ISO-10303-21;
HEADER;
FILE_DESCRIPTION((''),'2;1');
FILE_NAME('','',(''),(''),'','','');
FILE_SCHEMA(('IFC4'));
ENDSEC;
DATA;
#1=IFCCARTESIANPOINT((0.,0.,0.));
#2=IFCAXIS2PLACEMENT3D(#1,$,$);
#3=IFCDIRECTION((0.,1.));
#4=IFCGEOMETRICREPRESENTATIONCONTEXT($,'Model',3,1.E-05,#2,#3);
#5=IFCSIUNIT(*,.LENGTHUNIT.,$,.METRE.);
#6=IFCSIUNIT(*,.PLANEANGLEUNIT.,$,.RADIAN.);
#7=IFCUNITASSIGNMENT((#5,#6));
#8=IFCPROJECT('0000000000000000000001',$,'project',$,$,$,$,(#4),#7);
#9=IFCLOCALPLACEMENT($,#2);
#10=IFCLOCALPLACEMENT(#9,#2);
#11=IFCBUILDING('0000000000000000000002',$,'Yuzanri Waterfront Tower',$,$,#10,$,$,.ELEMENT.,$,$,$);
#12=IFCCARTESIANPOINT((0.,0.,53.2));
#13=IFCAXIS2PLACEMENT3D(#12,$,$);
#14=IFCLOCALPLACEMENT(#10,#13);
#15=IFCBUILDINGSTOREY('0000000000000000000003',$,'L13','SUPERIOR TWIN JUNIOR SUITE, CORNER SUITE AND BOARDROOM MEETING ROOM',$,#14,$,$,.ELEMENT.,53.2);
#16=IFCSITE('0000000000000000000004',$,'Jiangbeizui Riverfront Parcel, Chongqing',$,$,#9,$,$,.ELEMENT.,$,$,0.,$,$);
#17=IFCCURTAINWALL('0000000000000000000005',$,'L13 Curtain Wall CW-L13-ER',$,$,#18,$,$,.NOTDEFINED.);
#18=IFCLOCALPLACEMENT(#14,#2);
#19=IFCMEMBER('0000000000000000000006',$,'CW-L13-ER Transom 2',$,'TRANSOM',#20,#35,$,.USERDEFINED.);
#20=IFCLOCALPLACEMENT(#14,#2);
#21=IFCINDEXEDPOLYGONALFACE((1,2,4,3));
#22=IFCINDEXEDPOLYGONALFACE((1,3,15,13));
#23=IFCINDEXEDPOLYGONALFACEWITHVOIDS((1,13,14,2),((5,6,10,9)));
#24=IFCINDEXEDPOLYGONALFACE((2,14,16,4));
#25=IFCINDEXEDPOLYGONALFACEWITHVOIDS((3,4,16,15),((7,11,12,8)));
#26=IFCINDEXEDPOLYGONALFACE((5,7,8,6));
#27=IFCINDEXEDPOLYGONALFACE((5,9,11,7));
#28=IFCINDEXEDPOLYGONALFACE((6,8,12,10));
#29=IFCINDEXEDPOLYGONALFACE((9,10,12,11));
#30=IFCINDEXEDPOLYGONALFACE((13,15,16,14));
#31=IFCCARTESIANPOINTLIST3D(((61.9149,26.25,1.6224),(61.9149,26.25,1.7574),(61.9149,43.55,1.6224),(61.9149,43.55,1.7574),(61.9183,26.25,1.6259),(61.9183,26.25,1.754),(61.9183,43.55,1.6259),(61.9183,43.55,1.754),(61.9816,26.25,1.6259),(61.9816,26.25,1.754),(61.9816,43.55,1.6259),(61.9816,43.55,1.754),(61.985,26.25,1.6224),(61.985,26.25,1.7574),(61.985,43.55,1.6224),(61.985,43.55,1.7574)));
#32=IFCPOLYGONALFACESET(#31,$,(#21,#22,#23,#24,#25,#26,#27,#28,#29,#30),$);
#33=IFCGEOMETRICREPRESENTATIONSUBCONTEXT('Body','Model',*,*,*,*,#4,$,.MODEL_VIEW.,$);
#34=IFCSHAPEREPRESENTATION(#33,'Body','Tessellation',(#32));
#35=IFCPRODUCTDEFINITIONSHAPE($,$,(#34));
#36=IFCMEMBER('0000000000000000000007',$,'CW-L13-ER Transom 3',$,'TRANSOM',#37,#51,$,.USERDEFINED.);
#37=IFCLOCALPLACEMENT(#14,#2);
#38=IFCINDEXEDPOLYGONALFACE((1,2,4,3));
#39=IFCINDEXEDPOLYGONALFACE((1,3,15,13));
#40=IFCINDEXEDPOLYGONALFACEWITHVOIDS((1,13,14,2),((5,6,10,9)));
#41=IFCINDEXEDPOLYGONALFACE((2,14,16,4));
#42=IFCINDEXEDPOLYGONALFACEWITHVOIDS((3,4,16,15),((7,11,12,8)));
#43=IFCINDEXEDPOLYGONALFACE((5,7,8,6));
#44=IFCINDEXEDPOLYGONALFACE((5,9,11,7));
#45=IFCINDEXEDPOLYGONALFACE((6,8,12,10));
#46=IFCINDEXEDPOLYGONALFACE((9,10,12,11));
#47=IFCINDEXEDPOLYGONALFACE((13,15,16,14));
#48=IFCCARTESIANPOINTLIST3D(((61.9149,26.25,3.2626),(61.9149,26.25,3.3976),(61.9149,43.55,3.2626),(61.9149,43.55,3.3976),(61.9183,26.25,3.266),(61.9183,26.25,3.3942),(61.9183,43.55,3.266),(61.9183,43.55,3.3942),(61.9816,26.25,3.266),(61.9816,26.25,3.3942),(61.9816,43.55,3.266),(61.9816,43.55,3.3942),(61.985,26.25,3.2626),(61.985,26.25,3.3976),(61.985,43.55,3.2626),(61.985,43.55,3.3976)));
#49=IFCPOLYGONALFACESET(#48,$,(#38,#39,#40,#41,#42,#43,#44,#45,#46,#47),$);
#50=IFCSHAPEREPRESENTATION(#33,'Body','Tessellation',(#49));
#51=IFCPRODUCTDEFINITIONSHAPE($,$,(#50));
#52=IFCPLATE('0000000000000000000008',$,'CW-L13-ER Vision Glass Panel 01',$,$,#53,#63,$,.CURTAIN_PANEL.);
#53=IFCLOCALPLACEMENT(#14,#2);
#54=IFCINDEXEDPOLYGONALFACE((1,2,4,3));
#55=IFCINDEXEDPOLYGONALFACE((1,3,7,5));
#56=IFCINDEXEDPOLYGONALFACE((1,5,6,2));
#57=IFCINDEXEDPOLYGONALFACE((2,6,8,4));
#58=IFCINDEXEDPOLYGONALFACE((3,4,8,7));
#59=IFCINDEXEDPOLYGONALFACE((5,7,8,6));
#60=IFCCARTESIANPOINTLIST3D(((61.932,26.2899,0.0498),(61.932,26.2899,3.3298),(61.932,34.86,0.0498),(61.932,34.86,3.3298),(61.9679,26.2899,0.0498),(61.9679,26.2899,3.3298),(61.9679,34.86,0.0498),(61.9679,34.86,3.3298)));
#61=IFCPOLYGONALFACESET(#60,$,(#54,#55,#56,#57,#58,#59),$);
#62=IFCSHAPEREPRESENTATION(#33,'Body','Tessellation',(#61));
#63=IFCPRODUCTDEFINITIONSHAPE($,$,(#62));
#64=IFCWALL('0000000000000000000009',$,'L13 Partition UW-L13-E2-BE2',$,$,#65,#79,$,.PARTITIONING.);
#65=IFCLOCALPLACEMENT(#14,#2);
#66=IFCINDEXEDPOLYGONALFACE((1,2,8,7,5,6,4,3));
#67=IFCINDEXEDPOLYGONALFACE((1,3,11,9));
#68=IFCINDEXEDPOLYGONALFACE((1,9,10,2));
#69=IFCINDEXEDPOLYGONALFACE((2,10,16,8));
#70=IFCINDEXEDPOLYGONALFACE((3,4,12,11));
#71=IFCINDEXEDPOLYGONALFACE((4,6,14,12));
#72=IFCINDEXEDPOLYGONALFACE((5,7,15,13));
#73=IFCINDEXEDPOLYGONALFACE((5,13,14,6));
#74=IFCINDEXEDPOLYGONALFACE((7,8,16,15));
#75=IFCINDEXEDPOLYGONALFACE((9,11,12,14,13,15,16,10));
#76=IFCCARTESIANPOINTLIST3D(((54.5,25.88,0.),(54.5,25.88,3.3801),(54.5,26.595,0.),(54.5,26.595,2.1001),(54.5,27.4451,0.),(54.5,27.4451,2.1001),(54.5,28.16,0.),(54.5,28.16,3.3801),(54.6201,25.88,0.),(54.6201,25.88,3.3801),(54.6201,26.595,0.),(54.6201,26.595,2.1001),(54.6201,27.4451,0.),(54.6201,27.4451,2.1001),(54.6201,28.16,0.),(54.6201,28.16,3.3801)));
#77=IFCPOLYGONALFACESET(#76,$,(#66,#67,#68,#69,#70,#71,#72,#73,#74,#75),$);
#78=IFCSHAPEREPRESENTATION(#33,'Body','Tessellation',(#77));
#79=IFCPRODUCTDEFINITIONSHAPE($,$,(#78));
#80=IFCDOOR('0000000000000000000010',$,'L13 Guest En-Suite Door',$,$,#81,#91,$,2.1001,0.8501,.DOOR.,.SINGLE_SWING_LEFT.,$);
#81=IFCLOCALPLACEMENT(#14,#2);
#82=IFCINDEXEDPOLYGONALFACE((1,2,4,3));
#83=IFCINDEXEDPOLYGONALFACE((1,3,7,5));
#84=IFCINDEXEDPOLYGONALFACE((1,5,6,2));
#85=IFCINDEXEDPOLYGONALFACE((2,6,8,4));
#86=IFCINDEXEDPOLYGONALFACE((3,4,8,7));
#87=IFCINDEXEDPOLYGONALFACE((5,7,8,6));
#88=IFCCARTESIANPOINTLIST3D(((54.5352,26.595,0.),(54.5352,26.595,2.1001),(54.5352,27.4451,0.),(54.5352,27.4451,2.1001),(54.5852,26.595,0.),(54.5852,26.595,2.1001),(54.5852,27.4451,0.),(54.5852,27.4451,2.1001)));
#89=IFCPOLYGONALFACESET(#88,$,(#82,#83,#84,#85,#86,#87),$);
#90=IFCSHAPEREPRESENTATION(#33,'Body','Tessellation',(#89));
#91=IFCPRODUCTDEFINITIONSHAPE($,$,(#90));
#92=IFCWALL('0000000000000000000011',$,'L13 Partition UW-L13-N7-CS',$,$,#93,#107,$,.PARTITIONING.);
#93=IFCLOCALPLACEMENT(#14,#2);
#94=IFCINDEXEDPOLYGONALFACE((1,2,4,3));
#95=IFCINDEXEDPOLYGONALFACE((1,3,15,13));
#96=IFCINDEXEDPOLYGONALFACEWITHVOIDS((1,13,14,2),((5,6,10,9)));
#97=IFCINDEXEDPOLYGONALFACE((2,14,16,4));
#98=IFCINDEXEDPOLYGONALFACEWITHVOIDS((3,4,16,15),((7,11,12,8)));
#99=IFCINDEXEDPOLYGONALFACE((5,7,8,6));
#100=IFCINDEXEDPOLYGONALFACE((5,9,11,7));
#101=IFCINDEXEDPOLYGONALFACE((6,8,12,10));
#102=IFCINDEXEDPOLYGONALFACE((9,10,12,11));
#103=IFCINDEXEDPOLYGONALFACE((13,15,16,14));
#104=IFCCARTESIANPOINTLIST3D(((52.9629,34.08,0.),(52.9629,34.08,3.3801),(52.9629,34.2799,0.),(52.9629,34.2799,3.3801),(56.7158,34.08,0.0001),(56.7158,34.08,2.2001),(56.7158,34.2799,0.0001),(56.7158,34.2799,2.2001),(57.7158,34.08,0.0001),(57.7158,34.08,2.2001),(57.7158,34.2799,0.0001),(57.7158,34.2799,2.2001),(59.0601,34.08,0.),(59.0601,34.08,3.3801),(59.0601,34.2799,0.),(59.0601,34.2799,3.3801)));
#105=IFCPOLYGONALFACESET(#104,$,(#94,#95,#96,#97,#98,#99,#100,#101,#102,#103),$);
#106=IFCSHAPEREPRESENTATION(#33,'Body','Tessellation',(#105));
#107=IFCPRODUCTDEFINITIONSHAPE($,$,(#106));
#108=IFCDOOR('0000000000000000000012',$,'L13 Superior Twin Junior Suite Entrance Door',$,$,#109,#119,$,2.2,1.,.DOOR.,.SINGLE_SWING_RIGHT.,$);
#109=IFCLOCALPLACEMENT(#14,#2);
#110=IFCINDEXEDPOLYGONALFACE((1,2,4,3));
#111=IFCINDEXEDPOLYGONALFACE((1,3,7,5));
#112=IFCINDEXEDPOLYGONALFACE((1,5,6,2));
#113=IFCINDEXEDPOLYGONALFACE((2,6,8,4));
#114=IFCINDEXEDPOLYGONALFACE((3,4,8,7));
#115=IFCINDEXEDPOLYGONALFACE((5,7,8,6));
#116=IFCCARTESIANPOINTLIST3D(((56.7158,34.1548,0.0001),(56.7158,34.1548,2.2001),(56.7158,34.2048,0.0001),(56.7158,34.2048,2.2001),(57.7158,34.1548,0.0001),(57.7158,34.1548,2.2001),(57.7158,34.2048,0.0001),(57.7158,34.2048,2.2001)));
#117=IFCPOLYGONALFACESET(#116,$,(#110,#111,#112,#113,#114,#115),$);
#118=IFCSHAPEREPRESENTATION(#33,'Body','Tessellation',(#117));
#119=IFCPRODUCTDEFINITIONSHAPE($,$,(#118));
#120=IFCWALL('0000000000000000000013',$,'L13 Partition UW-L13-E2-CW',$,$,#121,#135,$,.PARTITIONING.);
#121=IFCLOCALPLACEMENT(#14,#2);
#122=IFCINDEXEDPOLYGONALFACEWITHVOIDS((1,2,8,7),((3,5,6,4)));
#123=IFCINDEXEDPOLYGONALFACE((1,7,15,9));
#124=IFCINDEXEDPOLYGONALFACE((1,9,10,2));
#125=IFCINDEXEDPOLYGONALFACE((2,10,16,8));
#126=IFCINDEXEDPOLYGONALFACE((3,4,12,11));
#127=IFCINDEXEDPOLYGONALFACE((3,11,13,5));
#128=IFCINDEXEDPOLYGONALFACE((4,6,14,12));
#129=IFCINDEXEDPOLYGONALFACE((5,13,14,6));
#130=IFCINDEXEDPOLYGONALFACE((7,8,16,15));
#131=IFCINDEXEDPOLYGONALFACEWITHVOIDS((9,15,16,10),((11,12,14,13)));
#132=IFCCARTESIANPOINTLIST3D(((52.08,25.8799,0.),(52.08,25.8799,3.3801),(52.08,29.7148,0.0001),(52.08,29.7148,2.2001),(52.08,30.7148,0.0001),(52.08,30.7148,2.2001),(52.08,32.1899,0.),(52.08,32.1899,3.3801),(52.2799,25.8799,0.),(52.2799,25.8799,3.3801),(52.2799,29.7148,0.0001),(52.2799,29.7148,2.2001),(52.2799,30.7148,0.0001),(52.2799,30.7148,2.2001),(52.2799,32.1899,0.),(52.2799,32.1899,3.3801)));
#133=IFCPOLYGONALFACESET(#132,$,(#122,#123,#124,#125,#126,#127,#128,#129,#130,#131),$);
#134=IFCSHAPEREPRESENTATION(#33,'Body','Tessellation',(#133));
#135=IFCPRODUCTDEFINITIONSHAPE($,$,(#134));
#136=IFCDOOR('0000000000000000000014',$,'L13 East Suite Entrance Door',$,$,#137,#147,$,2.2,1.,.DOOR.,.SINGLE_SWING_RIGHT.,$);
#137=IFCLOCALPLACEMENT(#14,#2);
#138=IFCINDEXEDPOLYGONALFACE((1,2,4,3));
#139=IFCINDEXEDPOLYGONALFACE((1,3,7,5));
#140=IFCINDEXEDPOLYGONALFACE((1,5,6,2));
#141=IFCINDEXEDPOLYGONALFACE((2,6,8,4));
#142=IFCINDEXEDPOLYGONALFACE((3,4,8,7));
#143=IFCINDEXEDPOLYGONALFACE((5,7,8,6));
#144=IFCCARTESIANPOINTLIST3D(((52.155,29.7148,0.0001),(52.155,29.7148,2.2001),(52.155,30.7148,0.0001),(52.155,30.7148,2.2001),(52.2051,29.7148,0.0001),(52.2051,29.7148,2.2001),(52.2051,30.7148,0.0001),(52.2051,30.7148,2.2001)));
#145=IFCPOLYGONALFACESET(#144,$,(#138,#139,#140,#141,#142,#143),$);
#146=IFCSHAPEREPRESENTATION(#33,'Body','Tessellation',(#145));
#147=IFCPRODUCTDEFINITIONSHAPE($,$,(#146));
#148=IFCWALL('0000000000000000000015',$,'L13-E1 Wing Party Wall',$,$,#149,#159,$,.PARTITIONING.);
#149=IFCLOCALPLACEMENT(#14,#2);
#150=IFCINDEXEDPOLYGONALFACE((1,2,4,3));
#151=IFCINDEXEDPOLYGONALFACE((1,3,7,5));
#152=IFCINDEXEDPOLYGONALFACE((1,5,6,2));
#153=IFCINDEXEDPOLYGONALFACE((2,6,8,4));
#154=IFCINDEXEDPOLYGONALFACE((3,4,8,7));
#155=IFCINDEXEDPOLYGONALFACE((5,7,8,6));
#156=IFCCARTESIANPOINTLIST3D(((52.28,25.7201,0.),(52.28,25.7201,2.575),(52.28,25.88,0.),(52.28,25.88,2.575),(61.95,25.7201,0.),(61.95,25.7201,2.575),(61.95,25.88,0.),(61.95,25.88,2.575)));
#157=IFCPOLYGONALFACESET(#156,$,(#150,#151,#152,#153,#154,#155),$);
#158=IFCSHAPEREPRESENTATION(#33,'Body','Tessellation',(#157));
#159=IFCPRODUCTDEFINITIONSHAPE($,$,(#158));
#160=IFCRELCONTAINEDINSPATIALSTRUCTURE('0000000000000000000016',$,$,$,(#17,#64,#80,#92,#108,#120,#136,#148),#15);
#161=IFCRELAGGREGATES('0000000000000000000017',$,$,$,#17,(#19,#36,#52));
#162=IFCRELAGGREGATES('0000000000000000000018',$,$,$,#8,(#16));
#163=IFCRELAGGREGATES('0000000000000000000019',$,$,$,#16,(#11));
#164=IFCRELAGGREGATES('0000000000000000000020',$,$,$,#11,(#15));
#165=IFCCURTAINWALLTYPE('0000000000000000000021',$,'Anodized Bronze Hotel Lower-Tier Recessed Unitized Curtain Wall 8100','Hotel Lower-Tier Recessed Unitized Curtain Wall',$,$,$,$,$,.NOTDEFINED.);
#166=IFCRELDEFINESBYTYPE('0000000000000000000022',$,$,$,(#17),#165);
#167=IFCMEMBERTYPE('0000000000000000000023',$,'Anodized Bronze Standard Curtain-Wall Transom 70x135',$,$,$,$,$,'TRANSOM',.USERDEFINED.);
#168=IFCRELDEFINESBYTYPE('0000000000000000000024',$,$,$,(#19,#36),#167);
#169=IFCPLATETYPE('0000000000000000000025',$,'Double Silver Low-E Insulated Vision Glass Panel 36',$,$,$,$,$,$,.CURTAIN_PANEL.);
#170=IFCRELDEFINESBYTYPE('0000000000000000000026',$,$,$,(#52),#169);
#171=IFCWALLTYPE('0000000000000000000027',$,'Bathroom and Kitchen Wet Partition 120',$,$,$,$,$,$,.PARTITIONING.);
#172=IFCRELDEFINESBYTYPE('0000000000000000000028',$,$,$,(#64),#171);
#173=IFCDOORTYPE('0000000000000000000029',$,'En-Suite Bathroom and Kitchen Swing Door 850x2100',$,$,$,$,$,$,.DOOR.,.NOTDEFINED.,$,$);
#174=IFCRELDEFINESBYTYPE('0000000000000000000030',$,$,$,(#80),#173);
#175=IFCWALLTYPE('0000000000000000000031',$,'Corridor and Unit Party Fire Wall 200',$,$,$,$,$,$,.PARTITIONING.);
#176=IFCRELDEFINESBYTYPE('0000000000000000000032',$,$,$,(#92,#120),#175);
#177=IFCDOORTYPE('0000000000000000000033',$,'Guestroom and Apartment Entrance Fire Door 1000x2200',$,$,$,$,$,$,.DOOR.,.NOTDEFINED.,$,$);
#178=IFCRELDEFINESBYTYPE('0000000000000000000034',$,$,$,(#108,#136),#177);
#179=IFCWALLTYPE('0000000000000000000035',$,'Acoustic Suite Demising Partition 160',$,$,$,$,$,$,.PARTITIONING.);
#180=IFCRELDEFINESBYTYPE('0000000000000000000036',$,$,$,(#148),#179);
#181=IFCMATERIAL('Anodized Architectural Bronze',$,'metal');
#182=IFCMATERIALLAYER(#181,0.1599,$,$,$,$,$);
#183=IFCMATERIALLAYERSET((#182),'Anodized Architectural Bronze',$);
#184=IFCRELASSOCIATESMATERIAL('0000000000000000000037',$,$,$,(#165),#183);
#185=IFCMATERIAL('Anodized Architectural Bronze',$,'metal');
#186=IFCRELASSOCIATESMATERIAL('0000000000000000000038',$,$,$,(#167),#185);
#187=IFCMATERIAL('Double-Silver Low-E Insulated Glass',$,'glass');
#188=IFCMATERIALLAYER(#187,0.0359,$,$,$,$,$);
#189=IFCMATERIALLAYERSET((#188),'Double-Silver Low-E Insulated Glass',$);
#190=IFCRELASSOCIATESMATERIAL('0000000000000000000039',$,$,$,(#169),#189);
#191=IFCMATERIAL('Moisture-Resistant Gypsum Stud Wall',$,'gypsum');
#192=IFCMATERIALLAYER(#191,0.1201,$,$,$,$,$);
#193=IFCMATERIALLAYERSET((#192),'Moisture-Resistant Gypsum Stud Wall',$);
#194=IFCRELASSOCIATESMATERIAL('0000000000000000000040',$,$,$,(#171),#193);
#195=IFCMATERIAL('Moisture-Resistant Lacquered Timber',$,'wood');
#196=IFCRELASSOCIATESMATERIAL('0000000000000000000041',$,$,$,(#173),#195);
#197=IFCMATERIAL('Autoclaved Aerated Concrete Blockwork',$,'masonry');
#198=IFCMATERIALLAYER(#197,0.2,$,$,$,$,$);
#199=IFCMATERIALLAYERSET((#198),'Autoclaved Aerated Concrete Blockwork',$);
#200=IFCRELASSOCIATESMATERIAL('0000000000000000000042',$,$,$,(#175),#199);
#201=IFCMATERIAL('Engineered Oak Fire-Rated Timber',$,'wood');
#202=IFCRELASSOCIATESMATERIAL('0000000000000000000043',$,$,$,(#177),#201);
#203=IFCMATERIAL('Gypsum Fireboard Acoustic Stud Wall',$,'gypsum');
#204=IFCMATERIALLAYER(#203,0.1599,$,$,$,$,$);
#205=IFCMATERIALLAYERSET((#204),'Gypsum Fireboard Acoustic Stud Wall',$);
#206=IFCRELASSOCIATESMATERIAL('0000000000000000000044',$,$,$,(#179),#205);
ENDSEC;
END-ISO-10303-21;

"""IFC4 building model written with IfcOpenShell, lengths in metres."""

from ifc_helpers import new_model, si_unit, direction, frame, frame_2d, origin, origin_2d, place, context, subcontext, project, spatial, rectangle, hollow_rectangle, extrude, source, transform, mapped, material, layer, layer_set, material_profile, profile_set, type_object, element, fill, aggregate, save


model = new_model("IFC4")

# Units and contexts
model_context = context("Model", 3, precision=1e-05, world=origin(), true_north=direction((0.0, 1.0)))
body_context = subcontext(model_context, "Body", "Model", "MODEL_VIEW")
ifc_project = project(units=[si_unit("LENGTHUNIT", "METRE"), si_unit("PLANEANGLEUNIT", "RADIAN")], contexts=[model_context])

# Site, building, storey
site_placement = place(None, origin())
site = spatial("IfcSite", under=ifc_project, at=site_placement, Name="Jiangbeizui Riverfront Parcel, Chongqing", CompositionType="ELEMENT", RefElevation=0.0)
building_placement = place(site_placement, origin())
building = spatial("IfcBuilding", under=site, at=building_placement, Name="Yuzanri Waterfront Tower", CompositionType="ELEMENT")
storey_placement = place(building_placement, frame((0.0, 0.0, 53.2)))
storey = spatial("IfcBuildingStorey", under=building, at=storey_placement, Name="L13", Description="SUPERIOR TWIN JUNIOR SUITE, CORNER SUITE AND BOARDROOM MEETING ROOM", CompositionType="ELEMENT", Elevation=53.2)

# Curtain wall, members, plate
ifc_material_1 = material(Name="Anodized Architectural Bronze", Category="metal")
ifc_layer_1 = layer(ifc_material_1, 0.1599)
ifc_layer_set_1 = layer_set([ifc_layer_1], Name="Anodized Architectural Bronze")
curtain_wall_type = type_object("IfcCurtainWallType", Name="Anodized Bronze Hotel Lower-Tier Recessed Unitized Curtain Wall 8100", Description="Hotel Lower-Tier Recessed Unitized Curtain Wall", PredefinedType="NOTDEFINED", material=ifc_layer_set_1)
curtain_wall_placement = place(storey_placement, origin())
curtain_wall = element("IfcCurtainWall", 1, at=curtain_wall_placement, inside=storey, type_object=curtain_wall_type, Name="L13 Curtain Wall CW-L13-ER", PredefinedType="NOTDEFINED")
ifc_material_2 = material(Name="Anodized Architectural Bronze", Category="metal")
ifc_material_profile_1 = material_profile(ifc_material_2, hollow_rectangle(XDim=0.0701, YDim=0.135, WallThickness=0.0034, at=origin_2d()), Name="CWT 70x135")
ifc_profile_set_1 = profile_set([ifc_material_profile_1], Name="Anodized Architectural Bronze")
member_type_1 = type_object("IfcMemberType", Name="Anodized Bronze Standard Curtain-Wall Transom 70x135", ElementType="TRANSOM", PredefinedType="USERDEFINED", material=ifc_profile_set_1)
shared_shape_1 = source(origin(), body_context, "Body", "SweptSolid", [
    extrude(hollow_rectangle(XDim=0.0701, YDim=0.135, WallThickness=0.0034, at=origin_2d()), origin(), (0.0, 0.0, 1.0), 17.3),
])
member_1_placement = place(storey_placement, frame((61.95, 26.25, 1.6899), z_axis=(0.0, 1.0, 0.0), x_axis=(-1.0, 0.0, 0.0)))
member_1 = element("IfcMember", 2, at=member_1_placement, type_object=member_type_1, Name="CW-L13-ER Transom 2", ObjectType="TRANSOM", PredefinedType="USERDEFINED", context=body_context, shape_type="MappedRepresentation", body=[
    mapped(shared_shape_1, transform((0.0, 0.0, 0.0), scale=1.0)),
])
member_2_placement = place(storey_placement, frame((61.95, 26.25, 3.3301), z_axis=(0.0, 1.0, 0.0), x_axis=(-1.0, 0.0, 0.0)))
member_2 = element("IfcMember", 3, at=member_2_placement, type_object=member_type_1, Name="CW-L13-ER Transom 3", ObjectType="TRANSOM", PredefinedType="USERDEFINED", context=body_context, shape_type="MappedRepresentation", body=[
    mapped(shared_shape_1, transform((0.0, 0.0, 0.0), scale=1.0)),
])
ifc_material_3 = material(Name="Double-Silver Low-E Insulated Glass", Category="glass")
ifc_layer_2 = layer(ifc_material_3, 0.0359)
ifc_layer_set_2 = layer_set([ifc_layer_2], Name="Double-Silver Low-E Insulated Glass")
plate_type = type_object("IfcPlateType", Name="Double Silver Low-E Insulated Vision Glass Panel 36", PredefinedType="CURTAIN_PANEL", material=ifc_layer_set_2)
shared_shape_2 = source(origin(), body_context, "Body", "SweptSolid", [
    extrude(rectangle(XDim=8.5701, YDim=0.0359, at=origin_2d()), origin(), (0.0, 0.0, 1.0), 3.28),
])
plate_placement = place(storey_placement, frame((61.95, 30.575, 0.0498), z_axis=(0.0, 0.0, 1.0), x_axis=(0.0, 1.0, 0.0)))
plate = element("IfcPlate", 4, at=plate_placement, type_object=plate_type, Name="CW-L13-ER Vision Glass Panel 01", PredefinedType="CURTAIN_PANEL", context=body_context, shape_type="MappedRepresentation", body=[
    mapped(shared_shape_2, transform((0.0, 0.0, 0.0), scale=1.0)),
])
aggregate(curtain_wall, [member_1, member_2, plate])

# Walls, openings, doors
ifc_material_4 = material(Name="Moisture-Resistant Gypsum Stud Wall", Category="gypsum")
ifc_layer_3 = layer(ifc_material_4, 0.1201)
ifc_layer_set_3 = layer_set([ifc_layer_3], Name="Moisture-Resistant Gypsum Stud Wall")
wall_type_1 = type_object("IfcWallType", Name="Bathroom and Kitchen Wet Partition 120", PredefinedType="PARTITIONING", material=ifc_layer_set_3)
wall_1_placement = place(storey_placement, frame((54.5601, 25.8799, 0.0), z_axis=(0.0, 0.0, 1.0), x_axis=(0.0, 1.0, 0.0)))
wall_1 = element("IfcWall", 5, at=wall_1_placement, inside=storey, type_object=wall_type_1, Name="L13 Partition UW-L13-E2-BE2", PredefinedType="PARTITIONING", context=body_context, shape_type="SweptSolid", body=[
    extrude(rectangle(XDim=2.28, YDim=0.1201, at=frame_2d((1.1401, 0.0))), origin(), (0.0, 0.0, 1.0), 3.3801),
])
opening_1_placement = place(wall_1_placement, frame((0.7151, 0.0, 0.0)))
opening_1 = element("IfcOpeningElement", 6, at=opening_1_placement, cuts=wall_1, PredefinedType="OPENING", context=body_context, shape_type="SweptSolid", body=[
    extrude(rectangle(XDim=0.8501, YDim=2.1001, at=frame_2d((0.425, 1.05))), frame((0.0, 0.075, 0.0), z_axis=(0.0, -1.0, 0.0), x_axis=(1.0, 0.0, 0.0)), (0.0, 0.0, 1.0), 0.1499),
])
ifc_material_5 = material(Name="Moisture-Resistant Lacquered Timber", Category="wood")
door_type_1 = type_object("IfcDoorType", Name="En-Suite Bathroom and Kitchen Swing Door 850x2100", OperationType="NOTDEFINED", PredefinedType="DOOR", material=ifc_material_5)
shared_shape_3 = source(origin(), body_context, "Body", "SweptSolid", [
    extrude(rectangle(XDim=0.8501, YDim=2.1001, at=frame_2d((0.425, 1.05))), frame((0.0, 0.0249, 0.0), z_axis=(0.0, -1.0, 0.0), x_axis=(1.0, 0.0, 0.0)), (0.0, 0.0, 1.0), 0.05),
])
door_1_placement = place(opening_1_placement, origin())
door_1 = element("IfcDoor", 7, at=door_1_placement, inside=storey, type_object=door_type_1, Name="L13 Guest En-Suite Door", OperationType="SINGLE_SWING_LEFT", OverallHeight=2.1001, OverallWidth=0.8501, PredefinedType="DOOR", context=body_context, shape_type="MappedRepresentation", body=[
    mapped(shared_shape_3, transform((0.0, 0.0, 0.0), scale=1.0)),
])
fill(opening_1, door_1)
ifc_material_6 = material(Name="Autoclaved Aerated Concrete Blockwork", Category="masonry")
ifc_layer_4 = layer(ifc_material_6, 0.2)
ifc_layer_set_4 = layer_set([ifc_layer_4], Name="Autoclaved Aerated Concrete Blockwork")
wall_type_2 = type_object("IfcWallType", Name="Corridor and Unit Party Fire Wall 200", PredefinedType="PARTITIONING", material=ifc_layer_set_4)
wall_2_placement = place(storey_placement, frame((52.9629, 34.1799, 0.0), z_axis=(0.0, 0.0, 1.0), x_axis=(1.0, 0.0, 0.0)))
wall_2 = element("IfcWall", 8, at=wall_2_placement, inside=storey, type_object=wall_type_2, Name="L13 Partition UW-L13-N7-CS", PredefinedType="PARTITIONING", context=body_context, shape_type="SweptSolid", body=[
    extrude(rectangle(XDim=6.0972, YDim=0.2, at=frame_2d((3.0486, 0.0))), origin(), (0.0, 0.0, 1.0), 3.3801),
])
opening_2_placement = place(wall_2_placement, frame((3.7529, 0.0, 0.0)))
opening_2 = element("IfcOpeningElement", 9, at=opening_2_placement, cuts=wall_2, PredefinedType="OPENING", context=body_context, shape_type="SweptSolid", body=[
    extrude(rectangle(XDim=1.0, YDim=2.2, at=frame_2d((0.5, 1.1001))), frame((0.0, 0.1147, 0.0), z_axis=(0.0, -1.0, 0.0), x_axis=(1.0, 0.0, 0.0)), (0.0, 0.0, 1.0), 0.2297),
])
ifc_material_7 = material(Name="Engineered Oak Fire-Rated Timber", Category="wood")
door_type_2 = type_object("IfcDoorType", Name="Guestroom and Apartment Entrance Fire Door 1000x2200", OperationType="NOTDEFINED", PredefinedType="DOOR", material=ifc_material_7)
shared_shape_4 = source(origin(), body_context, "Body", "SweptSolid", [
    extrude(rectangle(XDim=1.0, YDim=2.2, at=frame_2d((0.5, 1.1001))), frame((0.0, 0.0249, 0.0), z_axis=(0.0, -1.0, 0.0), x_axis=(1.0, 0.0, 0.0)), (0.0, 0.0, 1.0), 0.05),
])
door_2_placement = place(opening_2_placement, origin())
door_2 = element("IfcDoor", 10, at=door_2_placement, inside=storey, type_object=door_type_2, Name="L13 Superior Twin Junior Suite Entrance Door", OperationType="SINGLE_SWING_RIGHT", OverallHeight=2.2, OverallWidth=1.0, PredefinedType="DOOR", context=body_context, shape_type="MappedRepresentation", body=[
    mapped(shared_shape_4, transform((0.0, 0.0, 0.0), scale=1.0)),
])
fill(opening_2, door_2)
wall_3_placement = place(storey_placement, frame((52.1799, 25.8799, 0.0), z_axis=(0.0, 0.0, 1.0), x_axis=(0.0, 1.0, 0.0)))
wall_3 = element("IfcWall", 11, at=wall_3_placement, inside=storey, type_object=wall_type_2, Name="L13 Partition UW-L13-E2-CW", PredefinedType="PARTITIONING", context=body_context, shape_type="SweptSolid", body=[
    extrude(rectangle(XDim=6.3101, YDim=0.2, at=frame_2d((3.155, 0.0))), origin(), (0.0, 0.0, 1.0), 3.3801),
])
opening_3_placement = place(wall_3_placement, frame((3.835, 0.0, 0.0)))
opening_3 = element("IfcOpeningElement", 12, at=opening_3_placement, cuts=wall_3, PredefinedType="OPENING", context=body_context, shape_type="SweptSolid", body=[
    extrude(rectangle(XDim=1.0, YDim=2.2, at=frame_2d((0.5, 1.1001))), frame((0.0, 0.1147, 0.0), z_axis=(0.0, -1.0, 0.0), x_axis=(1.0, 0.0, 0.0)), (0.0, 0.0, 1.0), 0.2297),
])
door_3_placement = place(opening_3_placement, origin())
door_3 = element("IfcDoor", 13, at=door_3_placement, inside=storey, type_object=door_type_2, Name="L13 East Suite Entrance Door", OperationType="SINGLE_SWING_RIGHT", OverallHeight=2.2, OverallWidth=1.0, PredefinedType="DOOR", context=body_context, shape_type="MappedRepresentation", body=[
    mapped(shared_shape_4, transform((0.0, 0.0, 0.0), scale=1.0)),
])
fill(opening_3, door_3)

# Wall
ifc_material_8 = material(Name="Gypsum Fireboard Acoustic Stud Wall", Category="gypsum")
ifc_layer_5 = layer(ifc_material_8, 0.1599)
ifc_layer_set_5 = layer_set([ifc_layer_5], Name="Gypsum Fireboard Acoustic Stud Wall")
wall_type_3 = type_object("IfcWallType", Name="Acoustic Suite Demising Partition 160", PredefinedType="PARTITIONING", material=ifc_layer_set_5)
shared_shape_5 = source(origin(), body_context, "Body", "SweptSolid", [
    extrude(rectangle(XDim=9.6699, YDim=0.1599, at=frame_2d((4.835, 0.0))), origin(), (0.0, 0.0, 1.0), 2.575),
])
wall_4_placement = place(storey_placement, frame((52.28, 25.8, 0.0), z_axis=(0.0, 0.0, 1.0), x_axis=(1.0, 0.0, 0.0)))
element("IfcWall", 14, at=wall_4_placement, inside=storey, type_object=wall_type_3, Name="L13-E1 Wing Party Wall", PredefinedType="PARTITIONING", context=body_context, shape_type="MappedRepresentation", body=[
    mapped(shared_shape_5, transform((0.0, 0.0, 0.0), scale=1.0)),
])

save(model, "model.ifc")
